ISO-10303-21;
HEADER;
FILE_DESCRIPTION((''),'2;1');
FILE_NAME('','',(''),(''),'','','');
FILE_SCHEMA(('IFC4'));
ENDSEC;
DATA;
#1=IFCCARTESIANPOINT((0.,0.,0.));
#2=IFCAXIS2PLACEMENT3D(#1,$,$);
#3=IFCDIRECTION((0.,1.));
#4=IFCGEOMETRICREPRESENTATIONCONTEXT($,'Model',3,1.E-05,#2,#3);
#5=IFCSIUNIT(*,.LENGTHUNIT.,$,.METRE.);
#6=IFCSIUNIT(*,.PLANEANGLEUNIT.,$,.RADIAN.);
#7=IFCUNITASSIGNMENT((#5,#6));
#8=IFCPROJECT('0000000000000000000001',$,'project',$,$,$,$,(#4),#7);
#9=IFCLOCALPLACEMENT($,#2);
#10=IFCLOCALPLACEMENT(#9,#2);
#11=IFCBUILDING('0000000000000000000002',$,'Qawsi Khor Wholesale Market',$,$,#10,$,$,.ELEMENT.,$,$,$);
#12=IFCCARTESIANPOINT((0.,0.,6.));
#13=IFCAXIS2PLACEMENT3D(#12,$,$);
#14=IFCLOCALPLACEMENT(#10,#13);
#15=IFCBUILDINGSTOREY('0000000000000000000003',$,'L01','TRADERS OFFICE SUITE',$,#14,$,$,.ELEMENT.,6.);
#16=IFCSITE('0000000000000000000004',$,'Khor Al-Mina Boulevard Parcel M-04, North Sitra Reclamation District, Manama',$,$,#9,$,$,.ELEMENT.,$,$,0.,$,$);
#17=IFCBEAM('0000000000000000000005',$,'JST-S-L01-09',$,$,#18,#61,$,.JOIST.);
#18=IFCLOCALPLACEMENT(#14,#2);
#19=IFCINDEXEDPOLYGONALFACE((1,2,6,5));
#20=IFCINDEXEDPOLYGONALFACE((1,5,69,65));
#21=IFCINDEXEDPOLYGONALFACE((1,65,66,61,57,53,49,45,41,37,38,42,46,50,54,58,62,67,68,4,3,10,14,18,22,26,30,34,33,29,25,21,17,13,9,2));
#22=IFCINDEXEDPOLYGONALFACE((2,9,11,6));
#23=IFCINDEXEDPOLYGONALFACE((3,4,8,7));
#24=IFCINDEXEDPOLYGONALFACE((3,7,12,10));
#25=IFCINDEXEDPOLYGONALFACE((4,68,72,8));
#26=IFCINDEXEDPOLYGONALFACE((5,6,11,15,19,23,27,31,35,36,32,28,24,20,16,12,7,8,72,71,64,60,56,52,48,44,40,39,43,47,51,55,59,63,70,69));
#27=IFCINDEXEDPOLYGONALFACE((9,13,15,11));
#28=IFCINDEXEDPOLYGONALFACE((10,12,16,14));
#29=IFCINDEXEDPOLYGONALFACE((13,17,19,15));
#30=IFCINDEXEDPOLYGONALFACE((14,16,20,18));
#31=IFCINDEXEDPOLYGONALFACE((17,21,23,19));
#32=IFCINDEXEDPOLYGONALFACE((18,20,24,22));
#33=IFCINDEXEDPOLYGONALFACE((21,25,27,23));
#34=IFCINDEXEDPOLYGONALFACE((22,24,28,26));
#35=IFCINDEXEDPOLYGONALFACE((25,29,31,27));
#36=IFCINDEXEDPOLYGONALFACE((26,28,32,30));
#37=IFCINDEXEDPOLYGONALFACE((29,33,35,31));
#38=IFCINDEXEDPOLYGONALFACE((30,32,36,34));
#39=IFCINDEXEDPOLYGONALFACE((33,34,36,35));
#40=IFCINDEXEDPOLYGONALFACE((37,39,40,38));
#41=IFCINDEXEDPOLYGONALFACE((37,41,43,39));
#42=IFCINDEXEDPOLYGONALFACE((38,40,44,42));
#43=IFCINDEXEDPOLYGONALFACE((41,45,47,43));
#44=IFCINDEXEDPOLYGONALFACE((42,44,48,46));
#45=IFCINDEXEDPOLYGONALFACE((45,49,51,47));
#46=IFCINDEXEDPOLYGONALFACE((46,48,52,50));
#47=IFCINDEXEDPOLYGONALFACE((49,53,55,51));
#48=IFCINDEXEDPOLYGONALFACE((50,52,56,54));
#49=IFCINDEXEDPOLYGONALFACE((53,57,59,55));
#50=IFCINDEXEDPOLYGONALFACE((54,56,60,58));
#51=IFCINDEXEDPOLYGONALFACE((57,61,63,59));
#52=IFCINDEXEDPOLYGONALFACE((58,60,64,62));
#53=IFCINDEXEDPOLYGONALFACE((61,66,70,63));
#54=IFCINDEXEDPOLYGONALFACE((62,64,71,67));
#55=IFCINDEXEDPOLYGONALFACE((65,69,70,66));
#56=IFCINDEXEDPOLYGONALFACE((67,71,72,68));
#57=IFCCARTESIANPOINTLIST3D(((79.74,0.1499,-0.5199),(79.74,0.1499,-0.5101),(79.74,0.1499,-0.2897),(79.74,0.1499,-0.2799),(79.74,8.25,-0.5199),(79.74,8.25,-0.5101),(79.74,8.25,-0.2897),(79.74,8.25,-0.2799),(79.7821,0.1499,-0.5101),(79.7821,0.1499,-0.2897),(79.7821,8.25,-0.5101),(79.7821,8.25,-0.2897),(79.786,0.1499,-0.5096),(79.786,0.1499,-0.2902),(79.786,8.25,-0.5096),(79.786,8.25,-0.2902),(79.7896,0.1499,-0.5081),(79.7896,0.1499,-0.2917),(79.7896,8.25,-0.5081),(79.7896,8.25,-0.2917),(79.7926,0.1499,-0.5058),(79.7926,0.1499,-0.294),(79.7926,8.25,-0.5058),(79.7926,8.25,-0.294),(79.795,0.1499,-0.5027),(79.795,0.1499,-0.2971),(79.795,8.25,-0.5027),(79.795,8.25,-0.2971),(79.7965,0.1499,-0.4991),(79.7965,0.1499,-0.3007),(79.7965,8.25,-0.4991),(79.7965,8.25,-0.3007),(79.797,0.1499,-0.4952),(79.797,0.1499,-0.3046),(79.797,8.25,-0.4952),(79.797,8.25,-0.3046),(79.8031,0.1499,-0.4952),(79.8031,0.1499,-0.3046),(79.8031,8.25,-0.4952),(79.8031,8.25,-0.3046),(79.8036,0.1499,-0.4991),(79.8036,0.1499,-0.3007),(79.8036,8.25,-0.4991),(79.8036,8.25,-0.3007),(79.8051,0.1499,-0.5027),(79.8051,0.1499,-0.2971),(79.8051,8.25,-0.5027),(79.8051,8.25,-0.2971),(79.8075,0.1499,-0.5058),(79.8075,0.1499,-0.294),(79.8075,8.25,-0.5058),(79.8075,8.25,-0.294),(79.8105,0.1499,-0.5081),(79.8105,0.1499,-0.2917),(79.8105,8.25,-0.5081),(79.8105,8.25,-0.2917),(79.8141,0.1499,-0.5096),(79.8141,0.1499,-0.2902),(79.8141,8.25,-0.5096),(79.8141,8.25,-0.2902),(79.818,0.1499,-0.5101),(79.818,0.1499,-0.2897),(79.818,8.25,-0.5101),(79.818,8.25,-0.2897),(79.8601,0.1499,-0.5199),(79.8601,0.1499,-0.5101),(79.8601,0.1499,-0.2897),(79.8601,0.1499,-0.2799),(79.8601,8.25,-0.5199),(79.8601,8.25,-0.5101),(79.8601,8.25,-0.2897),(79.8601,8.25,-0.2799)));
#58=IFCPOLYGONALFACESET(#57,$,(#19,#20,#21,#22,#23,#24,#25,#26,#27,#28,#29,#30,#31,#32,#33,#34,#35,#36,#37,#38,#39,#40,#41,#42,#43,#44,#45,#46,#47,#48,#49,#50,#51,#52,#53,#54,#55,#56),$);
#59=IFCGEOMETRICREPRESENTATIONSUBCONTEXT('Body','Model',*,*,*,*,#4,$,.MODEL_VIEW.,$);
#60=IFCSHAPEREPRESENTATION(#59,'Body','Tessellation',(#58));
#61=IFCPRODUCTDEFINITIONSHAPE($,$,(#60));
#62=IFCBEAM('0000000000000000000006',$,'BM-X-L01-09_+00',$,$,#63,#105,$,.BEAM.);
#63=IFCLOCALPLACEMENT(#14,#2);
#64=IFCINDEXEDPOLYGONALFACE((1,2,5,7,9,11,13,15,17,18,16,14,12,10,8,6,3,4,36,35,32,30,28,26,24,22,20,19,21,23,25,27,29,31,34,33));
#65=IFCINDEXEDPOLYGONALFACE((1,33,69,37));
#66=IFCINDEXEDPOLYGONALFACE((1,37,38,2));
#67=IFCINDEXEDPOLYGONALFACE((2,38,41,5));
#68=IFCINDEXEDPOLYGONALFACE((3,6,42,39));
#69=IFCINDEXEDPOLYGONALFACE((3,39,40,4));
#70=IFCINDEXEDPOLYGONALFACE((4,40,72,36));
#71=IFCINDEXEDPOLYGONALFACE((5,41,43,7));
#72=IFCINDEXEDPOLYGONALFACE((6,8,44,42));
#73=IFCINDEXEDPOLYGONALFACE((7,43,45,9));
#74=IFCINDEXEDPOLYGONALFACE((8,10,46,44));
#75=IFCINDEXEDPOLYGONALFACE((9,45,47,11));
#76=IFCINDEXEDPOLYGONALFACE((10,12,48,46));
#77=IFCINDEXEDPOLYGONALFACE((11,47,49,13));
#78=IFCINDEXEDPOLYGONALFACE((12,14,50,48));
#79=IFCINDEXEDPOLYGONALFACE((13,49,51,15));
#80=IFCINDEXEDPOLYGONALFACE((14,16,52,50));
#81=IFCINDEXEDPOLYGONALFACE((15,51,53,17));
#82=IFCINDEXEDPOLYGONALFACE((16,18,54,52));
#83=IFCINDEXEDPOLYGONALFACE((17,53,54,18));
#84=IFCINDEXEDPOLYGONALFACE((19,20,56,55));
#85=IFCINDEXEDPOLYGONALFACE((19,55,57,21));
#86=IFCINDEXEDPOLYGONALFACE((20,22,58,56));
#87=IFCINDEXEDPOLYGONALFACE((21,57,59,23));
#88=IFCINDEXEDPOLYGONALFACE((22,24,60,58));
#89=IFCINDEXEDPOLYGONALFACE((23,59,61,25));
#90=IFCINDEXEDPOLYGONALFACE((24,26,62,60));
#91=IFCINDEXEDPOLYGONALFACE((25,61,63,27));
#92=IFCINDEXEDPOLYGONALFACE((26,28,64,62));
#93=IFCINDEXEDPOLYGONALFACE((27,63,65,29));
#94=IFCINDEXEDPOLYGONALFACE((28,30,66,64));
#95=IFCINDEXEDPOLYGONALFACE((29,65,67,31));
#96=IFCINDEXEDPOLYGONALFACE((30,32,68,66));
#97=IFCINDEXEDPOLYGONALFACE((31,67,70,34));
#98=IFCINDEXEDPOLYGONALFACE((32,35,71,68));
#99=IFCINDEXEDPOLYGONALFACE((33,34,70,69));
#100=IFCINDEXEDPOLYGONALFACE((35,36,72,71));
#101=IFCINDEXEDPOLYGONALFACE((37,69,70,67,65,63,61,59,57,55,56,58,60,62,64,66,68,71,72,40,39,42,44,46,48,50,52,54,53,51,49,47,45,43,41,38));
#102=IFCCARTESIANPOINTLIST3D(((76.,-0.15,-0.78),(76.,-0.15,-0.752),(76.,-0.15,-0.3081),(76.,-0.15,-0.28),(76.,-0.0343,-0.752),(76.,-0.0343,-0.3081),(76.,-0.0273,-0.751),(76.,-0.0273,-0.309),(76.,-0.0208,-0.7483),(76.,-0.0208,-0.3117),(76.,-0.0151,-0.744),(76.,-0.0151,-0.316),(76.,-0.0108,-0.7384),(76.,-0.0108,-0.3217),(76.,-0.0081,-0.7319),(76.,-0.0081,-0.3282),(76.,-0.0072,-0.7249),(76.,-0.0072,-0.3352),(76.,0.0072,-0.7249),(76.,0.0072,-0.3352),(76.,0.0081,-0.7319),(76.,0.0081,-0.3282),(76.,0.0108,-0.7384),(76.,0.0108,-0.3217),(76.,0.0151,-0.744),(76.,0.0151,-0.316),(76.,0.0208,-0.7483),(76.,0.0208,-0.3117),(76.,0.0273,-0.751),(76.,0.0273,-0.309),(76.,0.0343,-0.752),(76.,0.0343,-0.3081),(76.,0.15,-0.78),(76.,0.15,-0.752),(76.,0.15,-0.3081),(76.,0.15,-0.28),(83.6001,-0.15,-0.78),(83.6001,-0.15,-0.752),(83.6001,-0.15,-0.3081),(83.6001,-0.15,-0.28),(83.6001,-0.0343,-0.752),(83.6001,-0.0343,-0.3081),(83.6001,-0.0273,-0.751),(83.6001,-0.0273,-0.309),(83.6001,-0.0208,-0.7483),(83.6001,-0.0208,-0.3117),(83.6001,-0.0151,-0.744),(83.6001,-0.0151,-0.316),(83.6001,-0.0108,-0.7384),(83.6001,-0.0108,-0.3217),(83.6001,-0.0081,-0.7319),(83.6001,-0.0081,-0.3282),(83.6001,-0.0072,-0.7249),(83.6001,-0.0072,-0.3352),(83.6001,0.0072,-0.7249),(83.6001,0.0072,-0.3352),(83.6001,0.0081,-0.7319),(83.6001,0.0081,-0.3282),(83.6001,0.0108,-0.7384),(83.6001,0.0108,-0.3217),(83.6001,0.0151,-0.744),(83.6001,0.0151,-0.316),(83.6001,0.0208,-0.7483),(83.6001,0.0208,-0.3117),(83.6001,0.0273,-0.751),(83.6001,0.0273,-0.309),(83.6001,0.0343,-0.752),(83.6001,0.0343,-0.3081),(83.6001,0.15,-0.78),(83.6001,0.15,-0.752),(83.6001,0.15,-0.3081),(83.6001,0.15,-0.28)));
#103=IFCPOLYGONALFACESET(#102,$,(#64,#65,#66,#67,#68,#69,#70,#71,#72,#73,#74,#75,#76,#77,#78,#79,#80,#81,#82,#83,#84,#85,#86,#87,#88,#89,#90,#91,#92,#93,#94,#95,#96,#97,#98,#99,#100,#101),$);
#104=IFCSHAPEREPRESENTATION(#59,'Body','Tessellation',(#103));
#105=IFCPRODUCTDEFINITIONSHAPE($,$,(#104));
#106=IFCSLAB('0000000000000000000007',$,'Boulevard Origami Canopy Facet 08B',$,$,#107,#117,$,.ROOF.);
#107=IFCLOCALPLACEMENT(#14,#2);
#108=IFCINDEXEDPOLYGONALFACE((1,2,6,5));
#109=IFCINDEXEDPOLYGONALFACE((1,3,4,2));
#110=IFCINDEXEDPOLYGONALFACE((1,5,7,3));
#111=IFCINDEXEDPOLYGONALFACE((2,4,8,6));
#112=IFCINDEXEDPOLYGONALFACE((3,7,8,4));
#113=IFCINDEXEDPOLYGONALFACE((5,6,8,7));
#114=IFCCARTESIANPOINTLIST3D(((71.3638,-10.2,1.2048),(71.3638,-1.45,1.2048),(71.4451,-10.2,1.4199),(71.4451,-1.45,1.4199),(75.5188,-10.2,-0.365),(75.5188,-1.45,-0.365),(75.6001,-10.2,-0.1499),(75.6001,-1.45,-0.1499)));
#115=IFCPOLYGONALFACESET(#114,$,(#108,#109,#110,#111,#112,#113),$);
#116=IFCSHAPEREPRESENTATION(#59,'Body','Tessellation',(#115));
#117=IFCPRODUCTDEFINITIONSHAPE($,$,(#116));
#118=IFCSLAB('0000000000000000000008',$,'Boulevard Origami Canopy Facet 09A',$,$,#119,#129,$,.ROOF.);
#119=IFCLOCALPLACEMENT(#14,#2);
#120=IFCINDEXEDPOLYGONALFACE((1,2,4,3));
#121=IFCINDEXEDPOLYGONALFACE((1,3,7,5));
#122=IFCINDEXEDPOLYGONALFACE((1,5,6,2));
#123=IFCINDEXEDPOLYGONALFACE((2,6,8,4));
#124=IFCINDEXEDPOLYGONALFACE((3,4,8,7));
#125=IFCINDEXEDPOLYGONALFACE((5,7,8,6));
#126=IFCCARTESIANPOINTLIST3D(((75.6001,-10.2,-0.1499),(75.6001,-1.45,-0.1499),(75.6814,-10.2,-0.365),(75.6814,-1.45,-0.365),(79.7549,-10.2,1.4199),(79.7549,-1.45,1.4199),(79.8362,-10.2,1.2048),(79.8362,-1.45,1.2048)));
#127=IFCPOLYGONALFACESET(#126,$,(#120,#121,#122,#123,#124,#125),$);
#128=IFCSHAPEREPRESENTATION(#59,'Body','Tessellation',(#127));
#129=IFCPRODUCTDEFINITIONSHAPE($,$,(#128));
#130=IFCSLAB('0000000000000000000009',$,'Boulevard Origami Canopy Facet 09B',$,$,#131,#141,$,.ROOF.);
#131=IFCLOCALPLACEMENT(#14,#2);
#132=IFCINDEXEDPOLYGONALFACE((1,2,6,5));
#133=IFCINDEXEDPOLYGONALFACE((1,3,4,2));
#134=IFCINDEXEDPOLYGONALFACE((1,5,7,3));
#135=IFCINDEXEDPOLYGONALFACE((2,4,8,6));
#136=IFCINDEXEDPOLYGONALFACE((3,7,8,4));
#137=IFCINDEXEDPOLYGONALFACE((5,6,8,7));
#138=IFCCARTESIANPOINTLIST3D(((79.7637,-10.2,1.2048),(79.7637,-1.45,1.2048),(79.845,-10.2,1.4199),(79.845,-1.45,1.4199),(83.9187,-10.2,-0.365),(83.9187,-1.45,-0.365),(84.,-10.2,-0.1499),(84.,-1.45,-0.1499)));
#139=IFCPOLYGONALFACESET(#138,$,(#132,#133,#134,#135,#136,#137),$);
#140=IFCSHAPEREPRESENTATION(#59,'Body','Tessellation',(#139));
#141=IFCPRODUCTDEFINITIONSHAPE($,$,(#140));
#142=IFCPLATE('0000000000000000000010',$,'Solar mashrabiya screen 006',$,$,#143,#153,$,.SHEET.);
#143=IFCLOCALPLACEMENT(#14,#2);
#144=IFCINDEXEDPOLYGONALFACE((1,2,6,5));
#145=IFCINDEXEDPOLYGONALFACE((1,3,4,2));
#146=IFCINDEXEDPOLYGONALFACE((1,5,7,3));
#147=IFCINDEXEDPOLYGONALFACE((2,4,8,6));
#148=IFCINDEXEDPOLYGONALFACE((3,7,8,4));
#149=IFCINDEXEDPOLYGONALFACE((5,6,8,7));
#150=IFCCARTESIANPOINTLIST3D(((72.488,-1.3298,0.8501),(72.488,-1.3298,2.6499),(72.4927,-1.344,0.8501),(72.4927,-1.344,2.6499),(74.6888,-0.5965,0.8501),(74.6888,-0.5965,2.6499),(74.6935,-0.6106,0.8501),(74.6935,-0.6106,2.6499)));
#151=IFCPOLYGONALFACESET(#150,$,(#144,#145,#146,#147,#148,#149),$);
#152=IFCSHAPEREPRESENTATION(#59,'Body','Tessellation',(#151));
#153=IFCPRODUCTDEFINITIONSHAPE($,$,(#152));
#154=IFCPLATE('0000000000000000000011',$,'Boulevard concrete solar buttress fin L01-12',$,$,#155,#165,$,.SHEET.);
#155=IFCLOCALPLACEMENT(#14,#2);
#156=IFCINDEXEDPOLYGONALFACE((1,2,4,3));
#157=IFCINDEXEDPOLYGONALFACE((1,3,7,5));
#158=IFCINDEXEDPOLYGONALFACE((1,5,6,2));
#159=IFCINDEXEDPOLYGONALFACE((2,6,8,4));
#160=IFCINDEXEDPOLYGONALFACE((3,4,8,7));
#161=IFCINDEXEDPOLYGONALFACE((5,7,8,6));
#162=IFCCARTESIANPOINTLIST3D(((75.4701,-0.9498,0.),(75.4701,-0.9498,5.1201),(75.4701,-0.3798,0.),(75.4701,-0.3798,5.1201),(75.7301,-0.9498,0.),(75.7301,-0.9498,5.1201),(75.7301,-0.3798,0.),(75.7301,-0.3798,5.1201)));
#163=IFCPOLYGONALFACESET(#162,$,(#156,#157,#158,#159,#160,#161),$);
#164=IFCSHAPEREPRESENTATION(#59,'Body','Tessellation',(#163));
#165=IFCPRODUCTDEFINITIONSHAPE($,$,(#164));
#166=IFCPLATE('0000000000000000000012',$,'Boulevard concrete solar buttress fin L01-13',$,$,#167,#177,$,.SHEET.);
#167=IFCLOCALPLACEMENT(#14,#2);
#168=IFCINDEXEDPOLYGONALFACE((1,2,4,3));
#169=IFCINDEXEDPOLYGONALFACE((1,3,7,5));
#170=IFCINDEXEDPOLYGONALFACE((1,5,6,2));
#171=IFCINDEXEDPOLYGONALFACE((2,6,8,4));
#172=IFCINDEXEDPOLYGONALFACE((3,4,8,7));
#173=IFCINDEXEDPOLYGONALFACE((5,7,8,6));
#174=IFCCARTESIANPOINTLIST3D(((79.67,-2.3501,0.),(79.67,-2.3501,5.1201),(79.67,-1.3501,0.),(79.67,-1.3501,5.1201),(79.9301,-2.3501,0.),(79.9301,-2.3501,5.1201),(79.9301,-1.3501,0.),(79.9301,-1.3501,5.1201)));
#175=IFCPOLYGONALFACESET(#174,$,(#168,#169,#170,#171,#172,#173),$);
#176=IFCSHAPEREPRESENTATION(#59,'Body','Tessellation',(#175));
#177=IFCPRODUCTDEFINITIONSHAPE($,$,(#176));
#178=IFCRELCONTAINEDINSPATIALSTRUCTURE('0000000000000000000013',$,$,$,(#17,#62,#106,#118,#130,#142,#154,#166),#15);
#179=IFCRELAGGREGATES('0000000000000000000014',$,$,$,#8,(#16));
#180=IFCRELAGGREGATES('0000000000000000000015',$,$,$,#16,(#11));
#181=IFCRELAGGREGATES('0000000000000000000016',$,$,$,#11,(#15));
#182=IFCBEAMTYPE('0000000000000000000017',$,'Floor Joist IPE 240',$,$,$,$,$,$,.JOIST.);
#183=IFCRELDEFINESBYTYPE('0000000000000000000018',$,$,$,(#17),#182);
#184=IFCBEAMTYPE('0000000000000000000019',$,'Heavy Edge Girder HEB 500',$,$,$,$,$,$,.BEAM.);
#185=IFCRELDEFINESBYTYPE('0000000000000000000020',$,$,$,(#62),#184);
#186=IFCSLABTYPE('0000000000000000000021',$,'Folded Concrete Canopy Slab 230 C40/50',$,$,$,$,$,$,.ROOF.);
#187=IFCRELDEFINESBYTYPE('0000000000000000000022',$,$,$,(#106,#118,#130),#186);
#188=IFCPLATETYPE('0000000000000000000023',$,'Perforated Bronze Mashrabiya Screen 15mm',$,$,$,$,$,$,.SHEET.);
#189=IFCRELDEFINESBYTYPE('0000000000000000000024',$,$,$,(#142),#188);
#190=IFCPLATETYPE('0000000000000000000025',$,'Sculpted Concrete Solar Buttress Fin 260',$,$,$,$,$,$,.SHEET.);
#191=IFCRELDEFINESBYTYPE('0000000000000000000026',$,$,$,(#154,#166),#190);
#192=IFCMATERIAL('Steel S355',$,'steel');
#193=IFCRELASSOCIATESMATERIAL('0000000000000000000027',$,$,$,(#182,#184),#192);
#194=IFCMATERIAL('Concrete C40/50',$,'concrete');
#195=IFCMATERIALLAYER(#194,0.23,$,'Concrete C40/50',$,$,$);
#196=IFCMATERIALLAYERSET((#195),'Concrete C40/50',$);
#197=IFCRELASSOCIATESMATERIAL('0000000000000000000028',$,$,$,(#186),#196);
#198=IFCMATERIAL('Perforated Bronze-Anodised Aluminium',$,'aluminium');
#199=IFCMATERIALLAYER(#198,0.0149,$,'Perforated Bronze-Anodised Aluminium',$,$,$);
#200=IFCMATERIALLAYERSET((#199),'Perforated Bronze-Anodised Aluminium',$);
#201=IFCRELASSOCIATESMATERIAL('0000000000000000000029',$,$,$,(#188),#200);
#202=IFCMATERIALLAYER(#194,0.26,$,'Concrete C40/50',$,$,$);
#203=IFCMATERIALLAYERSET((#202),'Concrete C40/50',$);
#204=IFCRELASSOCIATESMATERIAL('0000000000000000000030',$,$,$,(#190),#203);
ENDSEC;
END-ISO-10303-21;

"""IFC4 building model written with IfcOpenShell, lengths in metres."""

from ifc_helpers import new_model, si_unit, direction, frame, frame_2d, origin, origin_2d, place, context, subcontext, project, spatial, polyline, rectangle, i_section, outline, extrude, material, layer, layer_set, material_profile, profile_set, type_object, element, save


model = new_model("IFC4")

# Units and contexts
model_context = context("Model", 3, precision=1e-05, world=origin(), true_north=direction((0.0, 1.0)))
body_context = subcontext(model_context, "Body", "Model", "MODEL_VIEW")
ifc_project = project(units=[si_unit("LENGTHUNIT", "METRE"), si_unit("PLANEANGLEUNIT", "RADIAN")], contexts=[model_context])

# Site, building, storey
site_placement = place(None, origin())
site = spatial("IfcSite", under=ifc_project, at=site_placement, Name="Khor Al-Mina Boulevard Parcel M-04, North Sitra Reclamation District, Manama", CompositionType="ELEMENT", RefElevation=0.0)
building_placement = place(site_placement, origin())
building = spatial("IfcBuilding", under=site, at=building_placement, Name="Qawsi Khor Wholesale Market", CompositionType="ELEMENT")
storey_placement = place(building_placement, frame((0.0, 0.0, 6.0)))
storey = spatial("IfcBuildingStorey", under=building, at=storey_placement, Name="L01", Description="TRADERS OFFICE SUITE", CompositionType="ELEMENT", Elevation=6.0)

# Shared definitions
ifc_material_1 = material(Name="Concrete C40/50", Category="concrete")

# Shared definitions
ifc_material_2 = material(Name="Steel S355", Category="steel")

# Beams
ifc_material_profile_1 = material_profile(ifc_material_2, i_section(OverallWidth=0.1201, OverallDepth=0.24, WebThickness=0.0061, FlangeThickness=0.0098, FilletRadius=0.0149, at=origin_2d()), Name="IPE 240")
ifc_profile_set_1 = profile_set([ifc_material_profile_1], Name="Steel S355")
beam_type_1 = type_object("IfcBeamType", Name="Floor Joist IPE 240", PredefinedType="JOIST", material=ifc_profile_set_1)
for number, where, z_axis, x_axis, name in (
    (1, (79.8, 0.1499, -0.3999), (0.0, 1.0, 0.0), (-1.0, 0.0, 0.0), "JST-S-L01-09"),
):
    element("IfcBeam", number, at=place(storey_placement, frame(where, z_axis=z_axis, x_axis=x_axis)), inside=storey, type_object=beam_type_1, Name=name, PredefinedType="JOIST", context=body_context, shape_type="SweptSolid", body=[
        extrude(i_section(OverallWidth=0.1201, OverallDepth=0.24, WebThickness=0.0061, FlangeThickness=0.0098, FilletRadius=0.0149, at=origin_2d()), origin(), (0.0, 0.0, 1.0), 8.1001),
    ])
ifc_material_profile_2 = material_profile(ifc_material_2, i_section(OverallWidth=0.3, OverallDepth=0.5, WebThickness=0.0144, FlangeThickness=0.0281, FilletRadius=0.0271, at=origin_2d()), Name="HEB 500")
ifc_profile_set_2 = profile_set([ifc_material_profile_2], Name="Steel S355")
beam_type_2 = type_object("IfcBeamType", Name="Heavy Edge Girder HEB 500", PredefinedType="BEAM", material=ifc_profile_set_2)
beam_1_placement = place(storey_placement, frame((76.0, 0.0, -0.53), z_axis=(1.0, 0.0, 0.0), x_axis=(0.0, 1.0, 0.0)))
element("IfcBeam", 2, at=beam_1_placement, inside=storey, type_object=beam_type_2, Name="BM-X-L01-09_+00", PredefinedType="BEAM", context=body_context, shape_type="SweptSolid", body=[
    extrude(i_section(OverallWidth=0.3, OverallDepth=0.5, WebThickness=0.0144, FlangeThickness=0.0281, FilletRadius=0.0271, at=origin_2d()), origin(), (0.0, 0.0, 1.0), 7.6001),
])

# Slabs
ifc_layer_1 = layer(ifc_material_1, 0.23, Name="Concrete C40/50")
ifc_layer_set_1 = layer_set([ifc_layer_1], Name="Concrete C40/50")
slab_type = type_object("IfcSlabType", Name="Folded Concrete Canopy Slab 230 C40/50", PredefinedType="ROOF", material=ifc_layer_set_1)
slab_1_placement = place(storey_placement, frame((71.4451, -10.2, 1.4199), z_axis=(0.353429, 0.0, 0.935461), x_axis=(0.935461, 0.0, -0.353429)))
element("IfcSlab", 3, at=slab_1_placement, inside=storey, type_object=slab_type, Name="Boulevard Origami Canopy Facet 08B", PredefinedType="ROOF", context=body_context, shape_type="SweptSolid", body=[
    extrude(outline(polyline([(0.0, 0.0), (4.4417, 0.0), (4.4417, 8.75), (0.0, 8.75), (0.0, 0.0)])), origin(), (0.0, 0.0, -1.0), 0.23),
])
slab_2_placement = place(storey_placement, frame((75.6001, -10.2, -0.1499), z_axis=(-0.353448, 0.0, 0.935454), x_axis=(0.935454, 0.0, 0.353448)))
element("IfcSlab", 4, at=slab_2_placement, inside=storey, type_object=slab_type, Name="Boulevard Origami Canopy Facet 09A", PredefinedType="ROOF", context=body_context, shape_type="SweptSolid", body=[
    extrude(outline(polyline([(0.0, 0.0), (4.4415, 0.0), (4.4415, 8.75), (0.0, 8.75), (0.0, 0.0)])), origin(), (0.0, 0.0, -1.0), 0.23),
])
slab_3_placement = place(storey_placement, frame((79.845, -10.2, 1.4199), z_axis=(0.353429, 0.0, 0.935461), x_axis=(0.935461, 0.0, -0.353429)))
element("IfcSlab", 5, at=slab_3_placement, inside=storey, type_object=slab_type, Name="Boulevard Origami Canopy Facet 09B", PredefinedType="ROOF", context=body_context, shape_type="SweptSolid", body=[
    extrude(outline(polyline([(0.0, 0.0), (4.4417, 0.0), (4.4417, 8.75), (0.0, 8.75), (0.0, 0.0)])), origin(), (0.0, 0.0, -1.0), 0.23),
])

# Plates
ifc_material_3 = material(Name="Perforated Bronze-Anodised Aluminium", Category="aluminium")
ifc_layer_2 = layer(ifc_material_3, 0.0149, Name="Perforated Bronze-Anodised Aluminium")
ifc_layer_set_2 = layer_set([ifc_layer_2], Name="Perforated Bronze-Anodised Aluminium")
plate_type_1 = type_object("IfcPlateType", Name="Perforated Bronze Mashrabiya Screen 15mm", PredefinedType="SHEET", material=ifc_layer_set_2)
plate_1_placement = place(storey_placement, frame((74.6912, -0.6035, 0.8501), z_axis=(0.0, 0.0, 1.0), x_axis=(-0.948715, -0.316133, 0.0)))
element("IfcPlate", 6, at=plate_1_placement, inside=storey, type_object=plate_type_1, Name="Solar mashrabiya screen 006", PredefinedType="SHEET", context=body_context, shape_type="SweptSolid", body=[
    extrude(rectangle(XDim=2.3198, YDim=0.0149, at=frame_2d((1.1599, 0.0))), origin(), (0.0, 0.0, 1.0), 1.7998),
])
ifc_layer_3 = layer(ifc_material_1, 0.26, Name="Concrete C40/50")
ifc_layer_set_3 = layer_set([ifc_layer_3], Name="Concrete C40/50")
plate_type_2 = type_object("IfcPlateType", Name="Sculpted Concrete Solar Buttress Fin 260", PredefinedType="SHEET", material=ifc_layer_set_3)
plate_2_placement = place(storey_placement, frame((75.6001, -0.95, 0.0), z_axis=(0.0, 0.0, 1.0), x_axis=(0.0, 1.0, 0.0)))
element("IfcPlate", 7, at=plate_2_placement, inside=storey, type_object=plate_type_2, Name="Boulevard concrete solar buttress fin L01-12", PredefinedType="SHEET", context=body_context, shape_type="SweptSolid", body=[
    extrude(rectangle(XDim=0.5701, YDim=0.26, at=frame_2d((0.2852, 0.0))), origin(), (0.0, 0.0, 1.0), 5.1201),
])
plate_3_placement = place(storey_placement, frame((79.8, -2.3501, 0.0), z_axis=(0.0, 0.0, 1.0), x_axis=(0.0, 1.0, 0.0)))
element("IfcPlate", 8, at=plate_3_placement, inside=storey, type_object=plate_type_2, Name="Boulevard concrete solar buttress fin L01-13", PredefinedType="SHEET", context=body_context, shape_type="SweptSolid", body=[
    extrude(rectangle(XDim=1.0, YDim=0.26, at=frame_2d((0.5, 0.0))), origin(), (0.0, 0.0, 1.0), 5.1201),
])

save(model, "model.ifc")
